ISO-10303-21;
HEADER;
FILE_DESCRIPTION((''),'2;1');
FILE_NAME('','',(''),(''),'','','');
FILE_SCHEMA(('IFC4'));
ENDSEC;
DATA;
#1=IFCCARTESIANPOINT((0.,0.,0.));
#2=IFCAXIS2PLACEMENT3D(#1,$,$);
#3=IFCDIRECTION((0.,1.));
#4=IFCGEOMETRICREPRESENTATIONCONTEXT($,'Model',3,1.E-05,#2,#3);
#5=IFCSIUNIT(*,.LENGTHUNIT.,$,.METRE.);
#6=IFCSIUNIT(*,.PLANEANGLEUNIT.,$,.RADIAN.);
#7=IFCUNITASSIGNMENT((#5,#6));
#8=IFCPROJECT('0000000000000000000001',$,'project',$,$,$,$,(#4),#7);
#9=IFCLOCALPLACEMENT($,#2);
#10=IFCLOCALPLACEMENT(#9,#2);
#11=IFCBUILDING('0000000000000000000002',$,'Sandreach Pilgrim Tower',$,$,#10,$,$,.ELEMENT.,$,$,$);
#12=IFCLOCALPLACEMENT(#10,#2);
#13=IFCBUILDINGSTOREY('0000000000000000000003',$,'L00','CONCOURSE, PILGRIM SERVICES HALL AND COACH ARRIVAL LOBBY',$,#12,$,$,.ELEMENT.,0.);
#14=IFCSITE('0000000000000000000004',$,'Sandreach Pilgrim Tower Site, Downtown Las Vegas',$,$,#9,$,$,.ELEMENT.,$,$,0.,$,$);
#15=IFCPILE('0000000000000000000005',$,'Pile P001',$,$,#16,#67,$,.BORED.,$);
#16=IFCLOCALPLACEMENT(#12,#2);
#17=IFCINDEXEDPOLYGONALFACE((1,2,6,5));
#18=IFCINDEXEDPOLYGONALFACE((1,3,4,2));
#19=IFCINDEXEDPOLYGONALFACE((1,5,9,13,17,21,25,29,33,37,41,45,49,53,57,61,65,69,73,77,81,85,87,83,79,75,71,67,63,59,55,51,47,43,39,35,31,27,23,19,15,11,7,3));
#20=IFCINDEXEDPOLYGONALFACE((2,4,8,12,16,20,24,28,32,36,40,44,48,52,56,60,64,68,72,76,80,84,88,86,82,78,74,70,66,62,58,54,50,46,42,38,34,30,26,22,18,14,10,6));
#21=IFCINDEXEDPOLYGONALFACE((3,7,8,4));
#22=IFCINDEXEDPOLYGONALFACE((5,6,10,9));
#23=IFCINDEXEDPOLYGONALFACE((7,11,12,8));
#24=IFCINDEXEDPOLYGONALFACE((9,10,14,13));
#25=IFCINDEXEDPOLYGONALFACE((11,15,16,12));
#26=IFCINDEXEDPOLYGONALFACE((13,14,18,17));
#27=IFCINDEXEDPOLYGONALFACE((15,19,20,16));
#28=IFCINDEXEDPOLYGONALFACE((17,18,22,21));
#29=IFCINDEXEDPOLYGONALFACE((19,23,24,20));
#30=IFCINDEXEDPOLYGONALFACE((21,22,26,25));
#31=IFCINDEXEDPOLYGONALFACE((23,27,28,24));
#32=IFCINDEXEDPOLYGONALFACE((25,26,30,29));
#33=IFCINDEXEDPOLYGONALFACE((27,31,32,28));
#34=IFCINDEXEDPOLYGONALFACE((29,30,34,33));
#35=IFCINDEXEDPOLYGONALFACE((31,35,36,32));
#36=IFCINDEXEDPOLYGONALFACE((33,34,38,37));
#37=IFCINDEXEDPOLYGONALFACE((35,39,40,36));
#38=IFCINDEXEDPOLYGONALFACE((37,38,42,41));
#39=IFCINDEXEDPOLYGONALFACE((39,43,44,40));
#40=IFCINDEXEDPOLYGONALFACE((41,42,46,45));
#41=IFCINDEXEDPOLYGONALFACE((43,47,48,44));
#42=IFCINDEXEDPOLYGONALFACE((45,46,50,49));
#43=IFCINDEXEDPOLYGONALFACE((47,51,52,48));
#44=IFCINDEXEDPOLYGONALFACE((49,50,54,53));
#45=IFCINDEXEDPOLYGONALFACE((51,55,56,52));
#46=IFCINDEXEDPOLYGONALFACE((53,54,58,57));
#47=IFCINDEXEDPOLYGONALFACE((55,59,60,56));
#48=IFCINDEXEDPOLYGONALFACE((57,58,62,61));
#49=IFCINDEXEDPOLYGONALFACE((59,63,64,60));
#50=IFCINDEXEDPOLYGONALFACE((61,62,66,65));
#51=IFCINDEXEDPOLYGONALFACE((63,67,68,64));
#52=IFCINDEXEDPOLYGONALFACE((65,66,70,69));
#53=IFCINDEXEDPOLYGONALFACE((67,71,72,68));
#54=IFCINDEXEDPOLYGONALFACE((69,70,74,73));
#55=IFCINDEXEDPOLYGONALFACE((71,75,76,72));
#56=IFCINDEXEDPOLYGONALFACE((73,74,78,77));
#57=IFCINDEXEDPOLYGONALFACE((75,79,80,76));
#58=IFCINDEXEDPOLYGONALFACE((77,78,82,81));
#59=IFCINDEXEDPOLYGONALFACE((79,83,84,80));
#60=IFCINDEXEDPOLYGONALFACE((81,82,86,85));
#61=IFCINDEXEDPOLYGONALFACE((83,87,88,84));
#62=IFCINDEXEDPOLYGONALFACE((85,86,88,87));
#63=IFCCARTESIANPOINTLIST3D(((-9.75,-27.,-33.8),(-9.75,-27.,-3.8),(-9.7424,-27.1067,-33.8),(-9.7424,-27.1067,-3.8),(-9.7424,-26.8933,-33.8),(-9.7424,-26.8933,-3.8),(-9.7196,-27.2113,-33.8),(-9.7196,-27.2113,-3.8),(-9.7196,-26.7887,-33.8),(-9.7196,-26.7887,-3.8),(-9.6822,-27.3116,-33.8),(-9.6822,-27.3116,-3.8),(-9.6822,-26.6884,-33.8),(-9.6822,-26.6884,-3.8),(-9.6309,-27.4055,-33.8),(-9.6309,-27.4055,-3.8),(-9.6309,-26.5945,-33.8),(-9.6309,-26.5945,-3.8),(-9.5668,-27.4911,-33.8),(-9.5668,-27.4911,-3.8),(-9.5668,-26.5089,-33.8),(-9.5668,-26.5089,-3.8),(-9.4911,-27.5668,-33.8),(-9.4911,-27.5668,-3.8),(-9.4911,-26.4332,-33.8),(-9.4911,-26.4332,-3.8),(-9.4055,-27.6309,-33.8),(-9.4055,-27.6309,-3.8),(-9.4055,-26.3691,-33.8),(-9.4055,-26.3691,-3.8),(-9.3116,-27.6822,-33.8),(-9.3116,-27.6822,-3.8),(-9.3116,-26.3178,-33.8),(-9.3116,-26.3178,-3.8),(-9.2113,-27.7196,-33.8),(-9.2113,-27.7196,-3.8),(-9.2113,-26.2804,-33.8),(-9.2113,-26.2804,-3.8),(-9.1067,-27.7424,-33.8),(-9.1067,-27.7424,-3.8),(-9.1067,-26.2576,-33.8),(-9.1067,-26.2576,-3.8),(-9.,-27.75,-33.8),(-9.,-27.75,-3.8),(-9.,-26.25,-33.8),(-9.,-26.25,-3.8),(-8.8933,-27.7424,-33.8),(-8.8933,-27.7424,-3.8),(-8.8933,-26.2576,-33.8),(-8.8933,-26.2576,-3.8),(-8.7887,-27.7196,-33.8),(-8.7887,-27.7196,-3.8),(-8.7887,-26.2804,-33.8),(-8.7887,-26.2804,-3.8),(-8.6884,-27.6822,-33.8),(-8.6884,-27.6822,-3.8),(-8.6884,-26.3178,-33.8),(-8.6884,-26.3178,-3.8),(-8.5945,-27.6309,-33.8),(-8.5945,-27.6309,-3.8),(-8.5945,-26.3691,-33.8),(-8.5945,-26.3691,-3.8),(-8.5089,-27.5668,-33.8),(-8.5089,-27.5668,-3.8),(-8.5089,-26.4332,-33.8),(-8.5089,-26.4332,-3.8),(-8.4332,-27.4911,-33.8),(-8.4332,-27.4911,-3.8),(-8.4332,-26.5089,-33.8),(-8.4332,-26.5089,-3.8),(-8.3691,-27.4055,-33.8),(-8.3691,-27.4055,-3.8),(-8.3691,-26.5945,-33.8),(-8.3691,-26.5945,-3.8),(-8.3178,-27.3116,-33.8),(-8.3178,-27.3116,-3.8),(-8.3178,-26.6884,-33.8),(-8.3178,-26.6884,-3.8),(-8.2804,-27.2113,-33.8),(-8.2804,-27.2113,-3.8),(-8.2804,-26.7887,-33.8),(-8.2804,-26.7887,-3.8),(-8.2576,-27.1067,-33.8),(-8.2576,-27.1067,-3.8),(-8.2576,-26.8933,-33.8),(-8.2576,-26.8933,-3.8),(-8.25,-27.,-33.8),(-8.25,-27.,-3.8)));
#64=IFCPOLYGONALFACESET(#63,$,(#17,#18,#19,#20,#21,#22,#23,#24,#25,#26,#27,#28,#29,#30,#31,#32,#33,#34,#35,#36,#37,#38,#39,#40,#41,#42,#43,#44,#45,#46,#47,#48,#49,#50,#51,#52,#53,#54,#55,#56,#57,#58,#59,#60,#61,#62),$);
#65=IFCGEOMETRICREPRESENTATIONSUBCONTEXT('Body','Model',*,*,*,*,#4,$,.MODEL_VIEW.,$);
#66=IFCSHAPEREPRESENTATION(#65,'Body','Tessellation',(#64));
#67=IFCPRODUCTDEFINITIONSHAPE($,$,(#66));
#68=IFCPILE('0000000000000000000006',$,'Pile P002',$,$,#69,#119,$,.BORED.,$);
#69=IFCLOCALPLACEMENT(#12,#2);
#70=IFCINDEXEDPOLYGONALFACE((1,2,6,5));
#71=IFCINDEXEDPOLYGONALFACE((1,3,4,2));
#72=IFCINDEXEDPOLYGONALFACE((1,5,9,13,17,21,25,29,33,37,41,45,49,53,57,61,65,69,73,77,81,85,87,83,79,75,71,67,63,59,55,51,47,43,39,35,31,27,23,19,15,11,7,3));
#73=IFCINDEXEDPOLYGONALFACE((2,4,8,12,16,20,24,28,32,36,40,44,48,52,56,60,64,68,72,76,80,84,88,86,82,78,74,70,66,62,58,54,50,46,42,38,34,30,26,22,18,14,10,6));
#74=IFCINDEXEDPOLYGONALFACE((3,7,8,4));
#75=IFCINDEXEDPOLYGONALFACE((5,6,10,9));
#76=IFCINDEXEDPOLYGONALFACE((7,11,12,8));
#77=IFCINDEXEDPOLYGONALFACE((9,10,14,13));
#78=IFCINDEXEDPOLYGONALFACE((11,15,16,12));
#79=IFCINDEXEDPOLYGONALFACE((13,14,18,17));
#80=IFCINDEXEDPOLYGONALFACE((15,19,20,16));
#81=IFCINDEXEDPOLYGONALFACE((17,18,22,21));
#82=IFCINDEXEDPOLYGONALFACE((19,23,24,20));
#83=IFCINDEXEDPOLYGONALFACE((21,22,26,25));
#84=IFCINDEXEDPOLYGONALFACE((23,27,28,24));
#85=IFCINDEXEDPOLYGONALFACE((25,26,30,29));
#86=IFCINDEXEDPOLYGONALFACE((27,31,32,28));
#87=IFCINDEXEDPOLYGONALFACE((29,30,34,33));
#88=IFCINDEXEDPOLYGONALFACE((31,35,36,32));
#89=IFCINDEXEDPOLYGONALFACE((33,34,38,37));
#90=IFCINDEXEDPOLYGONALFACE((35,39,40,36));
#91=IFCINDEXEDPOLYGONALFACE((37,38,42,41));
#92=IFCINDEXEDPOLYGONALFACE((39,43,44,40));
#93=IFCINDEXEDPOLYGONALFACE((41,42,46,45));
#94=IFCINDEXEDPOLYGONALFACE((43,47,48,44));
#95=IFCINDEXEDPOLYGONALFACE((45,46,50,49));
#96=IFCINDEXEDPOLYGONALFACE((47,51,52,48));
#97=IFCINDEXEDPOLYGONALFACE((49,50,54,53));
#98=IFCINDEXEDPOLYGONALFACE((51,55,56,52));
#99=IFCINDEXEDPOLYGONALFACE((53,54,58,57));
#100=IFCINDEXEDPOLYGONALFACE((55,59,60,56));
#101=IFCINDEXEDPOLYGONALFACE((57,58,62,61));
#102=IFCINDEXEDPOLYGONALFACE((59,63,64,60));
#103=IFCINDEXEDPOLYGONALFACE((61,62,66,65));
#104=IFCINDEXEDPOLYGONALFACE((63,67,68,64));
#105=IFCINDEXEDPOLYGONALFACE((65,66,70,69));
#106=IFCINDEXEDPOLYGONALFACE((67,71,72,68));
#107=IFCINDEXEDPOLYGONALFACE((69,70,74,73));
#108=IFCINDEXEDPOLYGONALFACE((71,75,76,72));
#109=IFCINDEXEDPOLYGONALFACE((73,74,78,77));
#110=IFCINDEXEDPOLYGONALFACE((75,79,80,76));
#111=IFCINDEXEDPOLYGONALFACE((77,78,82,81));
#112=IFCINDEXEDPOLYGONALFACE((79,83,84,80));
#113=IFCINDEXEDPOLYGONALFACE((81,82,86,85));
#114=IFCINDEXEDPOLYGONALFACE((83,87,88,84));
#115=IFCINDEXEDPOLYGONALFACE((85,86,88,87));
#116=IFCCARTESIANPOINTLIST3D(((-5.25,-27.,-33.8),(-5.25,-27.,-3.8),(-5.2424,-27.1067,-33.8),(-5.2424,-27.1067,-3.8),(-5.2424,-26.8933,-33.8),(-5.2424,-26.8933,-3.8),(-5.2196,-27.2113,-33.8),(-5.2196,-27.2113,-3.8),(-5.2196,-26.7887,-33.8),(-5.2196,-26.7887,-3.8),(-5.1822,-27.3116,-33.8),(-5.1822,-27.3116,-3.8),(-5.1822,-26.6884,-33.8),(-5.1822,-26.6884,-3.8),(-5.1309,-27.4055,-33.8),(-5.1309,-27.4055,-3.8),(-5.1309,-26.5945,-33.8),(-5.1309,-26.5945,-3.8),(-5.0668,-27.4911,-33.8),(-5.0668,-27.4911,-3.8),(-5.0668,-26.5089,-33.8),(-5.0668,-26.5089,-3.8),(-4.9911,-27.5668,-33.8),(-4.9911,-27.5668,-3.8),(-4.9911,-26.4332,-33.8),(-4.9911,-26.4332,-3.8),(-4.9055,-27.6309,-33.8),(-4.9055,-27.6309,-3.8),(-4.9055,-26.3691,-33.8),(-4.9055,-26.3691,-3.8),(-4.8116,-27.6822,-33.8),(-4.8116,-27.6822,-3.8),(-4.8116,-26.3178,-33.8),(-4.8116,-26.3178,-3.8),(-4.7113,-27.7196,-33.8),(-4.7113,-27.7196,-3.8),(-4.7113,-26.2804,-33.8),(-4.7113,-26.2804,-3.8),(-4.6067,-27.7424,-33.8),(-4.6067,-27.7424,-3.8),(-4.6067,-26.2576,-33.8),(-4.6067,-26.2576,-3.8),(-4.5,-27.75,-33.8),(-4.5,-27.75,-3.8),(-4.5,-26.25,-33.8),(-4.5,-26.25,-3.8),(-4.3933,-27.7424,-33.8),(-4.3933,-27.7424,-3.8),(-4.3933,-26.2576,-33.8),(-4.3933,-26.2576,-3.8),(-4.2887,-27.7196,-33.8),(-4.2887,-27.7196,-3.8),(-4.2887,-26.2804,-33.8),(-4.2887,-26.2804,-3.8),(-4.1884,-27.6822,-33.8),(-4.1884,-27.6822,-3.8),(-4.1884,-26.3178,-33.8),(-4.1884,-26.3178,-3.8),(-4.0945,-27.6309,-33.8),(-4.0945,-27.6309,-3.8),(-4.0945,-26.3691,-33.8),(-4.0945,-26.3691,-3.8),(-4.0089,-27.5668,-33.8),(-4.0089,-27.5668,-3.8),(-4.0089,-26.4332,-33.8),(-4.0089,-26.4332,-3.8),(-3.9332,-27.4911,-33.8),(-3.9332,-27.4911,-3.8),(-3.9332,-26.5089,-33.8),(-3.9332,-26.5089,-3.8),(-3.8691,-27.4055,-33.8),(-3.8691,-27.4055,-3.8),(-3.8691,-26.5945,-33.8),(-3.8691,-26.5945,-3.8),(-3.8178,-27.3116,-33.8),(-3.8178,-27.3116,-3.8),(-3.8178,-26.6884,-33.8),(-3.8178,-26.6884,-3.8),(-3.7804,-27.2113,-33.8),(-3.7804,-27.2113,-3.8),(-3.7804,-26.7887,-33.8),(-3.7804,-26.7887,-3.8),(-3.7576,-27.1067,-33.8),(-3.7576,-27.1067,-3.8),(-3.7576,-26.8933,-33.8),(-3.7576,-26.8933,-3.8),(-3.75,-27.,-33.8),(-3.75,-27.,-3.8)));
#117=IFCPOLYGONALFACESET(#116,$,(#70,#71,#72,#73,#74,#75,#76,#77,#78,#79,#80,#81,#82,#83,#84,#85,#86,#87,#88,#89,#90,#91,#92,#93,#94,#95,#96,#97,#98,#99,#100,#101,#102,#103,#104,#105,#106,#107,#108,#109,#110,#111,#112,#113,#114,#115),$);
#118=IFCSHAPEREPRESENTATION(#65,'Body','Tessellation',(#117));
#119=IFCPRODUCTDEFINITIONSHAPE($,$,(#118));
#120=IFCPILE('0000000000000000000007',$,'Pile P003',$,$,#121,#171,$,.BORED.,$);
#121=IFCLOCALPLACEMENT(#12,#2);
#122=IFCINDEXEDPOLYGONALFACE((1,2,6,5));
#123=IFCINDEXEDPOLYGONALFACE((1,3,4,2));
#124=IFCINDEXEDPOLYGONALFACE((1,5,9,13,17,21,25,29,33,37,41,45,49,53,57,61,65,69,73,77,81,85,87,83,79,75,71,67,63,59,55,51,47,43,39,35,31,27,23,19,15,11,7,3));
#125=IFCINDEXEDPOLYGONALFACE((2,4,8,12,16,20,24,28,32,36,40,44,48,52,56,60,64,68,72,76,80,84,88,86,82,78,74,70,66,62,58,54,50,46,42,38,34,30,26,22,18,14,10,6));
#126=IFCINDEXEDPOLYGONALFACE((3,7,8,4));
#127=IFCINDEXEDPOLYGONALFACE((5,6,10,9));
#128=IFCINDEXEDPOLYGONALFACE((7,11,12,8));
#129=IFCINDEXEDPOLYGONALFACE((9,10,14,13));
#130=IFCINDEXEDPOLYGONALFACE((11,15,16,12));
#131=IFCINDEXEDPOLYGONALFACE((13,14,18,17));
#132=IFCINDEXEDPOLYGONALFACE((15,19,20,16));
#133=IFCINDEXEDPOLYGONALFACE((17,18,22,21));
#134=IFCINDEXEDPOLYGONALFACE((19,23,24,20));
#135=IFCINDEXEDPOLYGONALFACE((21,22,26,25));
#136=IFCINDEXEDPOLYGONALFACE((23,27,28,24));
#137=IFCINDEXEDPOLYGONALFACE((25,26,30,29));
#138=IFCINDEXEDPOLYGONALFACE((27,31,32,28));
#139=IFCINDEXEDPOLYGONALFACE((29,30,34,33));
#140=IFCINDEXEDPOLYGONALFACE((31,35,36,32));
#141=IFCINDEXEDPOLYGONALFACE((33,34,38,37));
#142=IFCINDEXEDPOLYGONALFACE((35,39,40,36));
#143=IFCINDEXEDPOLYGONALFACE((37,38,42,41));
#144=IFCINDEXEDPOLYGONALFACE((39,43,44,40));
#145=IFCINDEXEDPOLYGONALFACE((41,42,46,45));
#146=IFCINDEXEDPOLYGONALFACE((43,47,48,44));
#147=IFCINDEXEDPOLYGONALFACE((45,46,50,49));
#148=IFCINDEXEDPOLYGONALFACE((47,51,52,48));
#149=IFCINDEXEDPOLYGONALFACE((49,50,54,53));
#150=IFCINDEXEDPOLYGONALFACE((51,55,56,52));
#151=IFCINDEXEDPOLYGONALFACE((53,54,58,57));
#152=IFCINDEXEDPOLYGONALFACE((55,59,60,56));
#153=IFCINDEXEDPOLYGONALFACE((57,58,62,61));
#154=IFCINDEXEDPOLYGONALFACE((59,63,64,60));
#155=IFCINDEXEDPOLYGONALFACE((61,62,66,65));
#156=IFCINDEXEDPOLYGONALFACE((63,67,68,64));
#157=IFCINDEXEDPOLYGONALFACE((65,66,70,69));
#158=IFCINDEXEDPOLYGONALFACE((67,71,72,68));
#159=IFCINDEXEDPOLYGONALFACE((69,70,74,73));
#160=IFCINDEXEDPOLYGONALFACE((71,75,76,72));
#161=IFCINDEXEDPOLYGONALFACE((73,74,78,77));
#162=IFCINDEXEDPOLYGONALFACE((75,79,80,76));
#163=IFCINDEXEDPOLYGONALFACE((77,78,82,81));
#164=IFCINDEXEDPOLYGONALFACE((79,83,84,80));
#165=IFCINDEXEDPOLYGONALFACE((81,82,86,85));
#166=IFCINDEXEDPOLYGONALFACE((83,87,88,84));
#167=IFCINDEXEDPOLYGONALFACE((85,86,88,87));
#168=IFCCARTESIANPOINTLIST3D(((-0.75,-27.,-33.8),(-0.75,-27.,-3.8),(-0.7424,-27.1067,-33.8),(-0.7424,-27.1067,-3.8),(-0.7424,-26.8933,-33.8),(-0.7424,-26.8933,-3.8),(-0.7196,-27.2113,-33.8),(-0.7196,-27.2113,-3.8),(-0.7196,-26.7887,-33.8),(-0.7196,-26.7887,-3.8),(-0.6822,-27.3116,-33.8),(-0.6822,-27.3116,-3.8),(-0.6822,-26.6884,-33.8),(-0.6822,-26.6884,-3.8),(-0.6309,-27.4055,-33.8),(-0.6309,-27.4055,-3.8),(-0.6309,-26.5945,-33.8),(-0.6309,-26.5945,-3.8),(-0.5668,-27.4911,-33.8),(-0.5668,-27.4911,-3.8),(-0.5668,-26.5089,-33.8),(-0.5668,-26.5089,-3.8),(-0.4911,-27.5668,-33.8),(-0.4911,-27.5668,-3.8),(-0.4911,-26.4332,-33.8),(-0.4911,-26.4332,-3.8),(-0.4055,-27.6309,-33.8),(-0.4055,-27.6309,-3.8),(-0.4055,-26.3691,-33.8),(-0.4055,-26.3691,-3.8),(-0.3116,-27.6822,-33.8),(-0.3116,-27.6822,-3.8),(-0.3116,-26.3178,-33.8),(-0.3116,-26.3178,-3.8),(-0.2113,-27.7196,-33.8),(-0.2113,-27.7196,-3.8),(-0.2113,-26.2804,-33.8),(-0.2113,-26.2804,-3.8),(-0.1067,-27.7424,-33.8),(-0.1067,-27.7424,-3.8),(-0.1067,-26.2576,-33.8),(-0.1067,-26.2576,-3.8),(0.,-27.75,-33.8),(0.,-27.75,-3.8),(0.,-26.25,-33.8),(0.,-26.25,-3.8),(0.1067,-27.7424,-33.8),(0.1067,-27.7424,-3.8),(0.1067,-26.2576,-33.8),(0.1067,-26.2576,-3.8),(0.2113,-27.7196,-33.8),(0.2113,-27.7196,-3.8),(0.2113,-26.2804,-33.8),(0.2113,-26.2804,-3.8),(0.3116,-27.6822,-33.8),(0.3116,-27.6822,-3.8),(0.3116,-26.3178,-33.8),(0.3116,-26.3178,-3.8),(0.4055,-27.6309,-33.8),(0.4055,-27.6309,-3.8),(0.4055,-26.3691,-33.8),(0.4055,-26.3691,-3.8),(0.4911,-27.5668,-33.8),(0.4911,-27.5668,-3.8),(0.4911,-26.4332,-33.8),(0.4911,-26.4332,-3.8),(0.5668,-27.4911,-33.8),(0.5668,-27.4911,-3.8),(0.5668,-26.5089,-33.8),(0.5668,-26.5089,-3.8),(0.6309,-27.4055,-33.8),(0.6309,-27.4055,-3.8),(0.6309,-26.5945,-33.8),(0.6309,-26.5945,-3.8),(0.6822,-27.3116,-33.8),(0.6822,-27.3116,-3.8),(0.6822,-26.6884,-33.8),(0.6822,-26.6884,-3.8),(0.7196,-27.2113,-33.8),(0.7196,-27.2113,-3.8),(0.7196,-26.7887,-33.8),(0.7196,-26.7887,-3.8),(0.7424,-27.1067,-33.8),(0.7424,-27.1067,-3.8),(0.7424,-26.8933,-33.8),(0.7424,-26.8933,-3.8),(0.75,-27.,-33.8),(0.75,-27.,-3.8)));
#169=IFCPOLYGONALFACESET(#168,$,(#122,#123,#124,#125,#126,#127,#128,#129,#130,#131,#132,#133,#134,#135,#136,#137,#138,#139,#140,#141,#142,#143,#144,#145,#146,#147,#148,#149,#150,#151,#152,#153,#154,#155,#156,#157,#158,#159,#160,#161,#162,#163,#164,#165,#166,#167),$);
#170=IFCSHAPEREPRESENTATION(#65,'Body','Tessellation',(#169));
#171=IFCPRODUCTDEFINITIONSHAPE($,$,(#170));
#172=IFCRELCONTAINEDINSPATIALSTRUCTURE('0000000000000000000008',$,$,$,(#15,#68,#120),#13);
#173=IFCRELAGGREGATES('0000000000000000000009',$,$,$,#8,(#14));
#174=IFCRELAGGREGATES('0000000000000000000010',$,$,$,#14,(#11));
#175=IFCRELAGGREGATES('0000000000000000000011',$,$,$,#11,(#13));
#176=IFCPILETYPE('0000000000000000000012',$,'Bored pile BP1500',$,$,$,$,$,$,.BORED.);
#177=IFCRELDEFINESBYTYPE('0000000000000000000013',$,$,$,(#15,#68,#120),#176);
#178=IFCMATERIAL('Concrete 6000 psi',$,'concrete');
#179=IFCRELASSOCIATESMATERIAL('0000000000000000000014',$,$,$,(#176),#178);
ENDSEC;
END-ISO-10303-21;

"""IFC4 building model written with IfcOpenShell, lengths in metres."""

from ifc_helpers import new_model, si_unit, direction, frame, origin, origin_2d, place, context, subcontext, project, spatial, circle, extrude, material, material_profile, profile_set, type_object, element, save


model = new_model("IFC4")

# Units and contexts
model_context = context("Model", 3, precision=1e-05, world=origin(), true_north=direction((0.0, 1.0)))
body_context = subcontext(model_context, "Body", "Model", "MODEL_VIEW")
ifc_project = project(units=[si_unit("LENGTHUNIT", "METRE"), si_unit("PLANEANGLEUNIT", "RADIAN")], contexts=[model_context])

# Site, building, storey
site_placement = place(None, origin())
site = spatial("IfcSite", under=ifc_project, at=site_placement, Name="Sandreach Pilgrim Tower Site, Downtown Las Vegas", CompositionType="ELEMENT", RefElevation=0.0)
building_placement = place(site_placement, origin())
building = spatial("IfcBuilding", under=site, at=building_placement, Name="Sandreach Pilgrim Tower", CompositionType="ELEMENT")
storey_placement = place(building_placement, origin())
storey = spatial("IfcBuildingStorey", under=building, at=storey_placement, Name="L00", Description="CONCOURSE, PILGRIM SERVICES HALL AND COACH ARRIVAL LOBBY", CompositionType="ELEMENT", Elevation=0.0)

# Piles
ifc_material_1 = material(Name="Concrete 6000 psi", Category="concrete")
ifc_material_profile_1 = material_profile(ifc_material_1, circle(Radius=0.75, at=origin_2d()), Name="BP1500")
ifc_profile_set_1 = profile_set([ifc_material_profile_1], Name="Concrete 6000 psi")
pile_type = type_object("IfcPileType", Name="Bored pile BP1500", PredefinedType="BORED", material=ifc_profile_set_1)
for number, where, z_axis, x_axis, name in (
    (1, (-9.0, -27.0, -3.8), (0.0, 0.0, -1.0), (1.0, 0.0, 0.0), "Pile P001"),
    (2, (-4.5, -27.0, -3.8), (0.0, 0.0, -1.0), (1.0, 0.0, 0.0), "Pile P002"),
    (3, (0.0, -27.0, -3.8), (0.0, 0.0, -1.0), (1.0, 0.0, 0.0), "Pile P003"),
):
    element("IfcPile", number, at=place(storey_placement, frame(where, z_axis=z_axis, x_axis=x_axis)), inside=storey, type_object=pile_type, Name=name, PredefinedType="BORED", context=body_context, shape_type="SweptSolid", body=[
        extrude(circle(Radius=0.75, at=origin_2d()), origin(), (0.0, 0.0, 1.0), 30.0),
    ])

save(model, "model.ifc")
